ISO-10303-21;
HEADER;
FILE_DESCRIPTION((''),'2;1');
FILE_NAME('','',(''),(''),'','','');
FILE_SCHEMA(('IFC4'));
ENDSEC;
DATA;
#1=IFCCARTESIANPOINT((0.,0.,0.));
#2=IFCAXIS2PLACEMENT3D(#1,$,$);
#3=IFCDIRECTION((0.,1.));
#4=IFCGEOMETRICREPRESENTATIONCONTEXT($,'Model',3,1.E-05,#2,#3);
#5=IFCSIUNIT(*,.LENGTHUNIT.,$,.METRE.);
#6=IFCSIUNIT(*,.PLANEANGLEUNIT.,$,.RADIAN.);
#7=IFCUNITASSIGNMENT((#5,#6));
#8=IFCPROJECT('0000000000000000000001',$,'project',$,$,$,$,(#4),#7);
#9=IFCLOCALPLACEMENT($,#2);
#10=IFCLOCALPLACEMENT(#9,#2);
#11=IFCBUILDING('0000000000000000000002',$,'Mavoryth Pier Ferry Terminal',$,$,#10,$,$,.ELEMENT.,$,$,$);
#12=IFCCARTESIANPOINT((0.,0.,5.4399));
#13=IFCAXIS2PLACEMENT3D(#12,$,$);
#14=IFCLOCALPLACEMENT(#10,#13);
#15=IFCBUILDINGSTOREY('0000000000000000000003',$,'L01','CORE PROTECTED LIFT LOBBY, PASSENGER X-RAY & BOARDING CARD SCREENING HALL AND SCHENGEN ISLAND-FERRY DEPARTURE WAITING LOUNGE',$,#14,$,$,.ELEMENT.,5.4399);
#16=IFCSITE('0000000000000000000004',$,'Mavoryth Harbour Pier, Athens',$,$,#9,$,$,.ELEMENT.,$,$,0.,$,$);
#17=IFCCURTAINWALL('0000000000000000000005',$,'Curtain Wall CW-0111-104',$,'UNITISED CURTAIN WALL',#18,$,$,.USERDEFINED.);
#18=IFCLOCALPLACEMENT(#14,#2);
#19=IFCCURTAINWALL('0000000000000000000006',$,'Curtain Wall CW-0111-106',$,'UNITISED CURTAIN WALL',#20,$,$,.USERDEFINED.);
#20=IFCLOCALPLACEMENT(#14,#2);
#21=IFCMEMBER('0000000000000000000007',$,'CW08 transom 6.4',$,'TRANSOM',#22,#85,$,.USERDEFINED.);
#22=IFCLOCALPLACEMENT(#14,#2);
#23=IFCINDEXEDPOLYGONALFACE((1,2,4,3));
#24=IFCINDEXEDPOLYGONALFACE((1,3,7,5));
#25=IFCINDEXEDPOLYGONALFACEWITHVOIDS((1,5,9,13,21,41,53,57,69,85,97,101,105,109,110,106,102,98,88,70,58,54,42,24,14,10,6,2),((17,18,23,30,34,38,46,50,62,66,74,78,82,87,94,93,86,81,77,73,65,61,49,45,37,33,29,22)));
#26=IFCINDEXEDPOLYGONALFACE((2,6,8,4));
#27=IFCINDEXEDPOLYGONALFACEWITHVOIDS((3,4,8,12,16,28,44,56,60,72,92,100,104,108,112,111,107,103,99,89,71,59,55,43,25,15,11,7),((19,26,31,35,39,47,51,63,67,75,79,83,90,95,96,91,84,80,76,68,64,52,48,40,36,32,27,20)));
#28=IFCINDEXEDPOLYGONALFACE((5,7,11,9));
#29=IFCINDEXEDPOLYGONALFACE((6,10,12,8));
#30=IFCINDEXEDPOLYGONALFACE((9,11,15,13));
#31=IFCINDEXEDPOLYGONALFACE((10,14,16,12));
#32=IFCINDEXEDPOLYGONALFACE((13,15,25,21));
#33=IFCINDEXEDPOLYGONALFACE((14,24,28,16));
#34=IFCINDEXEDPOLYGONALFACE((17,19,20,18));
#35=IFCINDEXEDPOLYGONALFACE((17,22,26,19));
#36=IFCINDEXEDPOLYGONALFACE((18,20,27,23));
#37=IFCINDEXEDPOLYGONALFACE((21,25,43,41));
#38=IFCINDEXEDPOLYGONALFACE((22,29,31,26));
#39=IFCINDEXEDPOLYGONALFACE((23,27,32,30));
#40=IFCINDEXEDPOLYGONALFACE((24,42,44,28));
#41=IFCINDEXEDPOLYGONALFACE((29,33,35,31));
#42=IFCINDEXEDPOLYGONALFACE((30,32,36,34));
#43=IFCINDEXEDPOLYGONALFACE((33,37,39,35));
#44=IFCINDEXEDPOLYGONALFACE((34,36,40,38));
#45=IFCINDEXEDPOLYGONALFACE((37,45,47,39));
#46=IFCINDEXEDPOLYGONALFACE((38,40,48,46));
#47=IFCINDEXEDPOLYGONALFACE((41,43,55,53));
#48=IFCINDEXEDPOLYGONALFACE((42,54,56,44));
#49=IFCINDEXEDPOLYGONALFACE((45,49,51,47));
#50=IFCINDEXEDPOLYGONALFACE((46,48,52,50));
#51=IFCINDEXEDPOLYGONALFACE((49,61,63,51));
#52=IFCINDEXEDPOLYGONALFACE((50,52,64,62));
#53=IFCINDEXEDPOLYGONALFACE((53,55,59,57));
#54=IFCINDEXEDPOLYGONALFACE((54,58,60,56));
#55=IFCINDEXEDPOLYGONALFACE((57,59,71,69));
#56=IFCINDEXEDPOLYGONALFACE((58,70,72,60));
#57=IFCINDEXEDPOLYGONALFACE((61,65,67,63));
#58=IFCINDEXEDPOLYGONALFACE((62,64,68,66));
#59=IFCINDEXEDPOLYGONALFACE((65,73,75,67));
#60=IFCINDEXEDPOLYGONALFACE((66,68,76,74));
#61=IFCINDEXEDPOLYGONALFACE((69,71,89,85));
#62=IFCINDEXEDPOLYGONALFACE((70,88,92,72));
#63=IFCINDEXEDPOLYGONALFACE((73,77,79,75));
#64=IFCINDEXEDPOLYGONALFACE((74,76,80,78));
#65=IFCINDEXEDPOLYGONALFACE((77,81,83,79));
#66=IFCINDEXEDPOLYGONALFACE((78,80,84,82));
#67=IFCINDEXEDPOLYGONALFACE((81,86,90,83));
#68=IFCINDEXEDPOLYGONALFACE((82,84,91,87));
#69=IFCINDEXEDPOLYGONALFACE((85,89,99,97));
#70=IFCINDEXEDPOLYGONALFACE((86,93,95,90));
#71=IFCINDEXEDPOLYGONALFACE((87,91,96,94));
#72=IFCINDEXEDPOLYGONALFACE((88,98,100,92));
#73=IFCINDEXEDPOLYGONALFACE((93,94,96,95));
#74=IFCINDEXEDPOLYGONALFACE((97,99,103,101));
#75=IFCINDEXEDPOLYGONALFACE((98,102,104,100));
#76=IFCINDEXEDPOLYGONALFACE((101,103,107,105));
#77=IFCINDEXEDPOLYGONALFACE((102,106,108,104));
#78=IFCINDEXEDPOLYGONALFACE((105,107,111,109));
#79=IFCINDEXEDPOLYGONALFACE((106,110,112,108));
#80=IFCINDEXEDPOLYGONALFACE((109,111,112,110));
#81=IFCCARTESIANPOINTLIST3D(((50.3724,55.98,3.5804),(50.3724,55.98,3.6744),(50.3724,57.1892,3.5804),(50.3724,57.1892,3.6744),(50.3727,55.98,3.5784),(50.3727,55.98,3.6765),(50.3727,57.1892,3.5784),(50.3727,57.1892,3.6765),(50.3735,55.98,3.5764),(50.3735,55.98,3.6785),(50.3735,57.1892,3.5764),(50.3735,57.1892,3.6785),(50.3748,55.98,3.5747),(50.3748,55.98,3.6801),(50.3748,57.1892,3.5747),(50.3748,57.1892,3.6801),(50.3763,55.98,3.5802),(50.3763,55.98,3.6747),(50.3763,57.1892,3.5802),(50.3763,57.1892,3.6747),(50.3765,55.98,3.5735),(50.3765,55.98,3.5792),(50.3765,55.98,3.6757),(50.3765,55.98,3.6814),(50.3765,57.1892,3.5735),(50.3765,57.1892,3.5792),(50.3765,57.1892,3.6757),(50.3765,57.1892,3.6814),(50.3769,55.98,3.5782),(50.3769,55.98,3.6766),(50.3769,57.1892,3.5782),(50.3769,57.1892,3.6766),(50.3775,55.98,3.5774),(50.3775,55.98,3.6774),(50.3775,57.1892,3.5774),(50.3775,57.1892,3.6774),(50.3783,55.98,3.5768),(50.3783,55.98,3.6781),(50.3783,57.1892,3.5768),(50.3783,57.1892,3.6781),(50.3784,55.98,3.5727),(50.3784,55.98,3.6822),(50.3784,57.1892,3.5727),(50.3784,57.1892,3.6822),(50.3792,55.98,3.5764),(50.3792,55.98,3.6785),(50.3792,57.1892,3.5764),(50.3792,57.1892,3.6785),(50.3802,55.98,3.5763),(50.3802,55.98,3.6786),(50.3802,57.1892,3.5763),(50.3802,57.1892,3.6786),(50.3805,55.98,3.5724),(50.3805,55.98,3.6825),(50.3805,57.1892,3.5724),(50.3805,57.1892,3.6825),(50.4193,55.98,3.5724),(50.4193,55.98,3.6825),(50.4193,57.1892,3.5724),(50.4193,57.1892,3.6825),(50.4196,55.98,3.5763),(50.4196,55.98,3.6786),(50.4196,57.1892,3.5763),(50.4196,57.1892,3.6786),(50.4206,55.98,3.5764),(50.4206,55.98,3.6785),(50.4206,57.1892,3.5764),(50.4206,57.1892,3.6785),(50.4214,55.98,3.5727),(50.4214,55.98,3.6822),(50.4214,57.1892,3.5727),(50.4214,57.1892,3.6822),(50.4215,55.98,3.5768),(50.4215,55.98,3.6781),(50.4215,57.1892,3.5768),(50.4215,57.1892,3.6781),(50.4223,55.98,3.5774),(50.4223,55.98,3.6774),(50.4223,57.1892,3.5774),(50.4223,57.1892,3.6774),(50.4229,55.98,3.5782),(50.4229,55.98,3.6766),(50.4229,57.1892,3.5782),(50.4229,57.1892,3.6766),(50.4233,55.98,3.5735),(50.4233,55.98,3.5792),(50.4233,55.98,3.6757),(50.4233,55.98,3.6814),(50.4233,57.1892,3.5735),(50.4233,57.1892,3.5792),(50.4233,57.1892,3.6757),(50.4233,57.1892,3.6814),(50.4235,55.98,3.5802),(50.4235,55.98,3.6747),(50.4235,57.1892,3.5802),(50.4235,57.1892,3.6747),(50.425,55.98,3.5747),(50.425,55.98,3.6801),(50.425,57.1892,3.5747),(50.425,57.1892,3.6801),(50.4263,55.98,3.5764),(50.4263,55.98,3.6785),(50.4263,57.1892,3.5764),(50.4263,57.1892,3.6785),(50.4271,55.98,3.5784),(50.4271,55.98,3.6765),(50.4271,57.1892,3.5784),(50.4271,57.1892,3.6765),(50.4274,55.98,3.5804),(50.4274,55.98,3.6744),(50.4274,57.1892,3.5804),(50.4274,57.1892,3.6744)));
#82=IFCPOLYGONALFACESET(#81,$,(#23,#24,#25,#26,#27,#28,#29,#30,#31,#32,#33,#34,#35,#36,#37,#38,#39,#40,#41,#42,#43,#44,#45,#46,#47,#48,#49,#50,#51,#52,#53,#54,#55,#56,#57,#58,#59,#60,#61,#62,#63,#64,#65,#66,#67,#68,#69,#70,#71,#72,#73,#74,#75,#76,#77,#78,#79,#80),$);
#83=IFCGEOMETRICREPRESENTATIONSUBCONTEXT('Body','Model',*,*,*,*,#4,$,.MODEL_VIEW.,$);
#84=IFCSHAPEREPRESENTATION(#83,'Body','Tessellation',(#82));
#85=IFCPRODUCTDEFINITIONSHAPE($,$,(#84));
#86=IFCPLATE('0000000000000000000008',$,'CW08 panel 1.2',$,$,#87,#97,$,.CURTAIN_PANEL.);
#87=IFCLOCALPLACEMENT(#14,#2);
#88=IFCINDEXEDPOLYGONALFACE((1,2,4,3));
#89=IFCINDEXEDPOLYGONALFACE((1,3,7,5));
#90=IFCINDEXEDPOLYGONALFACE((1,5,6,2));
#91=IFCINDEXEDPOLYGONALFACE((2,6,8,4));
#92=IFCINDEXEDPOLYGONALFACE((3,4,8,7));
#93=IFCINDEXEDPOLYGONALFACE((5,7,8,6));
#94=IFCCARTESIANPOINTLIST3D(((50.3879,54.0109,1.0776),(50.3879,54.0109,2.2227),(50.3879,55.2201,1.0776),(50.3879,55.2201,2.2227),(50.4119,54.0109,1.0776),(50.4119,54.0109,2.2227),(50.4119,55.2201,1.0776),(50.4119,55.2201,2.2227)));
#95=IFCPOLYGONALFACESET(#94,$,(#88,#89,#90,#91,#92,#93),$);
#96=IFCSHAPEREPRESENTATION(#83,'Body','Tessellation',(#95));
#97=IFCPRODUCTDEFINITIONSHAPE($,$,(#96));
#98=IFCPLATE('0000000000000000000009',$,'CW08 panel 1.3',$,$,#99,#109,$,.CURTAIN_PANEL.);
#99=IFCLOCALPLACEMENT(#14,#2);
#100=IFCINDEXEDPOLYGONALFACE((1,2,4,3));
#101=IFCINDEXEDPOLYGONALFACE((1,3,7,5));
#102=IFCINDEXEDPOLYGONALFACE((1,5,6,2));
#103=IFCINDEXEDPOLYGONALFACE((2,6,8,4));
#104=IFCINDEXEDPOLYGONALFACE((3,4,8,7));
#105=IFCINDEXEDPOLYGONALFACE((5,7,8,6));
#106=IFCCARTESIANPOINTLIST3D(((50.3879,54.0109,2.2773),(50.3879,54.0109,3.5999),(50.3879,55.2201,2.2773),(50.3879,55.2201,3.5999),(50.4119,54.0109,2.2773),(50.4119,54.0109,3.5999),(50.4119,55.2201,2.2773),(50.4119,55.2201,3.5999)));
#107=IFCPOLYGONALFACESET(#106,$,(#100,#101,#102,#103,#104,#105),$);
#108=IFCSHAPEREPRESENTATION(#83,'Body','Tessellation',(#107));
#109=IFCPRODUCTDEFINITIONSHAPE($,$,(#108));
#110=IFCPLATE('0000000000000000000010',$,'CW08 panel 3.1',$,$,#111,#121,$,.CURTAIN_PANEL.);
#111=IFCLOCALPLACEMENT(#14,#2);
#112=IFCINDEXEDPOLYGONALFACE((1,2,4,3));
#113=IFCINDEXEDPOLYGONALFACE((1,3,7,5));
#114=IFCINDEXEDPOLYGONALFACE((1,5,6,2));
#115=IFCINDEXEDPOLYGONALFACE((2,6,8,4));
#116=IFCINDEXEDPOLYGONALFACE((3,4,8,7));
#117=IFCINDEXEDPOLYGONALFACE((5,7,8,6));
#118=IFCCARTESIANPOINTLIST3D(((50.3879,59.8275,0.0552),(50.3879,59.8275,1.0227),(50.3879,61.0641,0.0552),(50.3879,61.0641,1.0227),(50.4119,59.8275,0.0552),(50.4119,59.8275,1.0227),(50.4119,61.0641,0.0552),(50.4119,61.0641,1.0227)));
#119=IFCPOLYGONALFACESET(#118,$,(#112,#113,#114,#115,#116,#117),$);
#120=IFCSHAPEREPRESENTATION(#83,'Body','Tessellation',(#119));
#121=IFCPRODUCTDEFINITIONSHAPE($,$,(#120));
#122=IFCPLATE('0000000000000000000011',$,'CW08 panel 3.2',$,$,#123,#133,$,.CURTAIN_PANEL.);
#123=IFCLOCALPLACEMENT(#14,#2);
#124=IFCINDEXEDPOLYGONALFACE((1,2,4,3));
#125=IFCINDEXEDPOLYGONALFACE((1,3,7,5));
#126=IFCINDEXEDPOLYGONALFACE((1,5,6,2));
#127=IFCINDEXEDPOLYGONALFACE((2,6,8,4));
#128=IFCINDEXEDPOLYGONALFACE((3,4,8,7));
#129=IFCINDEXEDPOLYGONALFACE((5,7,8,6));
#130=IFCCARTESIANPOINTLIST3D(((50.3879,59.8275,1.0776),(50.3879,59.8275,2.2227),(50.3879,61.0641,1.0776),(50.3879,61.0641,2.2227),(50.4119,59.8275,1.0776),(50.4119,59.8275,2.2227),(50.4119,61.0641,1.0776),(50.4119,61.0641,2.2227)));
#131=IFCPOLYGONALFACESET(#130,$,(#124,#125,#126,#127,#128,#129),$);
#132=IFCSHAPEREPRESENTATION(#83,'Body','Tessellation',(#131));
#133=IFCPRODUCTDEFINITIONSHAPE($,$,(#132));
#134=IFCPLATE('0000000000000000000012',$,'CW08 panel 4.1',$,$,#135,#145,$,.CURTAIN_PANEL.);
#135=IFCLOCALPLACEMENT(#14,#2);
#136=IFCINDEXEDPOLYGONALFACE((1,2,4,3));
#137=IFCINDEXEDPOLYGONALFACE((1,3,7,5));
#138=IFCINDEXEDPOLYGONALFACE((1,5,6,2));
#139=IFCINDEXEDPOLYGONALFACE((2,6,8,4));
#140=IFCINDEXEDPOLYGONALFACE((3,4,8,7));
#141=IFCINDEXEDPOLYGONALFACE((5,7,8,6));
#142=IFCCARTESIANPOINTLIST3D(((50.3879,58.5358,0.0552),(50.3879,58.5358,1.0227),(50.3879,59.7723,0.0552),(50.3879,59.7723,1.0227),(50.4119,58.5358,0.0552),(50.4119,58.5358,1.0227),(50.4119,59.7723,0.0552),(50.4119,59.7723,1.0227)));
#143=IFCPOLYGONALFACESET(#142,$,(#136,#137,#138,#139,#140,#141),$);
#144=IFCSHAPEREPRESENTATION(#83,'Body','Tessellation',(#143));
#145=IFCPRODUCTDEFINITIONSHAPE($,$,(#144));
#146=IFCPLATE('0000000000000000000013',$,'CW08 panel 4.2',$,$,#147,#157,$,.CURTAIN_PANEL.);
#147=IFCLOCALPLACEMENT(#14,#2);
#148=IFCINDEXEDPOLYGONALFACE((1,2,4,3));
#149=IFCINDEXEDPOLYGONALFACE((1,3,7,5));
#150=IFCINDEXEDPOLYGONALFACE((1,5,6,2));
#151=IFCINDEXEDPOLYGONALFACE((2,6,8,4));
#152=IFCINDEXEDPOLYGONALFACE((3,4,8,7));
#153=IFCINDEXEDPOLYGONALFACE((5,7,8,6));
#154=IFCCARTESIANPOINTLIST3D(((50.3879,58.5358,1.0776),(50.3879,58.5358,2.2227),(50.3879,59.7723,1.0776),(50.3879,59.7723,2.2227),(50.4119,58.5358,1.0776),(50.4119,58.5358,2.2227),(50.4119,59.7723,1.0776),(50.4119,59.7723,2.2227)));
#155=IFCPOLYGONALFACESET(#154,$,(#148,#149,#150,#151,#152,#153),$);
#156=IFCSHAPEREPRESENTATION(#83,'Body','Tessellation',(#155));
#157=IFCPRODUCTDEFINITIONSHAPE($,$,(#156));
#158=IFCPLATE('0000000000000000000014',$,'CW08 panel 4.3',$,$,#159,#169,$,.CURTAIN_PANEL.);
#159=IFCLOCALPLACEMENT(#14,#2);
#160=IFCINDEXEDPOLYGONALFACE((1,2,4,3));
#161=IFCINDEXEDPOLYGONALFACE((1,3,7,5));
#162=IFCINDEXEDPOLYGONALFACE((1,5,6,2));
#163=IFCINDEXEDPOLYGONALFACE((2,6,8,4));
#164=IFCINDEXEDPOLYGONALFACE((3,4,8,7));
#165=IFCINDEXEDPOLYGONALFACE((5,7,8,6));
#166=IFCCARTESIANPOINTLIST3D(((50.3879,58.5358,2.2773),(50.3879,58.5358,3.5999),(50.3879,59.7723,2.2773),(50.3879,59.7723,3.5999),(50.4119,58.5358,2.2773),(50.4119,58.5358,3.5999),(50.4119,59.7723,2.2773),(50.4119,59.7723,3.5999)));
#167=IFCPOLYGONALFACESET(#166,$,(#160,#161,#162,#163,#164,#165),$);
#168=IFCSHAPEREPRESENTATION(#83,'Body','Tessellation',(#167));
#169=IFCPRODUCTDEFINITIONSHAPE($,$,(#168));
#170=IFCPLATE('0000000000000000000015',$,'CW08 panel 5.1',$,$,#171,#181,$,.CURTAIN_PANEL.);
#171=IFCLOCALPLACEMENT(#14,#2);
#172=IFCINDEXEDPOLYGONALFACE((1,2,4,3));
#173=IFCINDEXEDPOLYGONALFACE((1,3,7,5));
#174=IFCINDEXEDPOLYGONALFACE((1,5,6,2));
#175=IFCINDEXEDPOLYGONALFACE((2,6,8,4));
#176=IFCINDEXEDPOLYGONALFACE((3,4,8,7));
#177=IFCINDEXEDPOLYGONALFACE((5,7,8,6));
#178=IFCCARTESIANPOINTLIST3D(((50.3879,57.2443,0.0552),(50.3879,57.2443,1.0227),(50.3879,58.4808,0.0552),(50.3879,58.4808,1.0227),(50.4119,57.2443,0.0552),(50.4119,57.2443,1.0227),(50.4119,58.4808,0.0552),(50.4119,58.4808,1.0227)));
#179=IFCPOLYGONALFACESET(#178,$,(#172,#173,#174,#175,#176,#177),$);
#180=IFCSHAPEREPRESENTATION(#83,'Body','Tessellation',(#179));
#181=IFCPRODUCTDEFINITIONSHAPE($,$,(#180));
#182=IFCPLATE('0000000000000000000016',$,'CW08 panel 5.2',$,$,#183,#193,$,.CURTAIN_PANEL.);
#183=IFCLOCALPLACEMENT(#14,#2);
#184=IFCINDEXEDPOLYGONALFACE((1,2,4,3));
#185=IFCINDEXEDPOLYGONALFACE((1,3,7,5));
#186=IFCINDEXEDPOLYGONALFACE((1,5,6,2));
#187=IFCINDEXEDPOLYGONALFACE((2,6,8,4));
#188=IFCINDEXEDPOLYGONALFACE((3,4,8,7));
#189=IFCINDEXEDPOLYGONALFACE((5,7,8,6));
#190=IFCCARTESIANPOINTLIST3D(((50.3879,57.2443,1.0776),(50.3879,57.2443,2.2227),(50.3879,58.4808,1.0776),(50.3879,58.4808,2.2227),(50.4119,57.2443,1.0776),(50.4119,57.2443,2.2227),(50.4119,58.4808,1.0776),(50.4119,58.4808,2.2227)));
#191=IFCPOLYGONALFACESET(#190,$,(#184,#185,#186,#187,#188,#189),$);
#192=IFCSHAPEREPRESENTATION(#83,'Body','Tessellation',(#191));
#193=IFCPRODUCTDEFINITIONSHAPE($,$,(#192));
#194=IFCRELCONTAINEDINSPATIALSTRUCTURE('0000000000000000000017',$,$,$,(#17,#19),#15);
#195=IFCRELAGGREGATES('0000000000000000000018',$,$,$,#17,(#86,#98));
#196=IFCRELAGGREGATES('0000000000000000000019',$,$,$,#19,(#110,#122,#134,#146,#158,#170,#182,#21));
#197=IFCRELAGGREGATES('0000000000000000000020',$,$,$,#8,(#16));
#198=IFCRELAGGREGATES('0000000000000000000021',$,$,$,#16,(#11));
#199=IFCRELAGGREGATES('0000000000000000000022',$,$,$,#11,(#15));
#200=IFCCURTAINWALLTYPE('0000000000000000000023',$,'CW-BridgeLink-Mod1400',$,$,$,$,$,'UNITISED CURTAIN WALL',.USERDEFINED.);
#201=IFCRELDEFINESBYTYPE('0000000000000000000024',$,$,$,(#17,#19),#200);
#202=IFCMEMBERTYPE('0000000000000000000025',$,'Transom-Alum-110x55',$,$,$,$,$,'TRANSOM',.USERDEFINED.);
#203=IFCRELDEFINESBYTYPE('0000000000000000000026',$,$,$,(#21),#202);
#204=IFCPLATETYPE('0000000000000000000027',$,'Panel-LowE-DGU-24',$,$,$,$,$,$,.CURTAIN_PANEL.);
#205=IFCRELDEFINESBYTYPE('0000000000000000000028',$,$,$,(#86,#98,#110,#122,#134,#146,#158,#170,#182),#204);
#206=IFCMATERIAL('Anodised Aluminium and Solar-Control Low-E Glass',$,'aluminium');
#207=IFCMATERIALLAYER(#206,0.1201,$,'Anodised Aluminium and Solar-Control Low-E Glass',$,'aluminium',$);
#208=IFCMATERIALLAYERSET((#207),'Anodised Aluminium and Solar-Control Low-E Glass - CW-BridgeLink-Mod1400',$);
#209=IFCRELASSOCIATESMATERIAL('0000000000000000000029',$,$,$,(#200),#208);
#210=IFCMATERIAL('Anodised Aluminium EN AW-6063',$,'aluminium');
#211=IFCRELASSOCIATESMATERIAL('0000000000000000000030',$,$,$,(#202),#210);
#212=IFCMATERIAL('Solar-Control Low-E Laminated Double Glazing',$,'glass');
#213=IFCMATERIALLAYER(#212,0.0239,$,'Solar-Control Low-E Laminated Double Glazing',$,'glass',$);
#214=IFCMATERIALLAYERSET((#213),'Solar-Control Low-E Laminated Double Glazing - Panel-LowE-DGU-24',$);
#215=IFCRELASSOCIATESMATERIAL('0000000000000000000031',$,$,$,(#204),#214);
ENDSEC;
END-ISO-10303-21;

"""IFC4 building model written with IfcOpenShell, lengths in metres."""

from ifc_helpers import new_model, si_unit, direction, frame, origin, origin_2d, place, context, subcontext, project, spatial, rectangle, hollow_rectangle, extrude, material, layer, layer_set, material_profile, profile_set, type_object, element, aggregate, save


model = new_model("IFC4")

# Units and contexts
model_context = context("Model", 3, precision=1e-05, world=origin(), true_north=direction((0.0, 1.0)))
body_context = subcontext(model_context, "Body", "Model", "MODEL_VIEW")
ifc_project = project(units=[si_unit("LENGTHUNIT", "METRE"), si_unit("PLANEANGLEUNIT", "RADIAN")], contexts=[model_context])

# Site, building, storey
site_placement = place(None, origin())
site = spatial("IfcSite", under=ifc_project, at=site_placement, Name="Mavoryth Harbour Pier, Athens", CompositionType="ELEMENT", RefElevation=0.0)
building_placement = place(site_placement, origin())
building = spatial("IfcBuilding", under=site, at=building_placement, Name="Mavoryth Pier Ferry Terminal", CompositionType="ELEMENT")
storey_placement = place(building_placement, frame((0.0, 0.0, 5.4399)))
storey = spatial("IfcBuildingStorey", under=building, at=storey_placement, Name="L01", Description="CORE PROTECTED LIFT LOBBY, PASSENGER X-RAY & BOARDING CARD SCREENING HALL AND SCHENGEN ISLAND-FERRY DEPARTURE WAITING LOUNGE", CompositionType="ELEMENT", Elevation=5.4399)

# Curtain wall
ifc_material_1 = material(Name="Anodised Aluminium and Solar-Control Low-E Glass", Category="aluminium")
ifc_layer_1 = layer(ifc_material_1, 0.1201, Name="Anodised Aluminium and Solar-Control Low-E Glass", Category="aluminium")
ifc_layer_set_1 = layer_set([ifc_layer_1], Name="Anodised Aluminium and Solar-Control Low-E Glass - CW-BridgeLink-Mod1400")
curtain_wall_type = type_object("IfcCurtainWallType", Name="CW-BridgeLink-Mod1400", ElementType="UNITISED CURTAIN WALL", PredefinedType="USERDEFINED", material=ifc_layer_set_1)
curtain_wall_1_placement = place(storey_placement, origin())
curtain_wall_1 = element("IfcCurtainWall", 1, at=curtain_wall_1_placement, inside=storey, type_object=curtain_wall_type, Name="Curtain Wall CW-0111-104", ObjectType="UNITISED CURTAIN WALL", PredefinedType="USERDEFINED")
ifc_material_2 = material(Name="Anodised Aluminium EN AW-6063", Category="aluminium")

# Curtain wall
curtain_wall_2_placement = place(storey_placement, origin())
curtain_wall_2 = element("IfcCurtainWall", 2, at=curtain_wall_2_placement, inside=storey, type_object=curtain_wall_type, Name="Curtain Wall CW-0111-106", ObjectType="UNITISED CURTAIN WALL", PredefinedType="USERDEFINED")

# Member
ifc_material_profile_1 = material_profile(ifc_material_2, hollow_rectangle(XDim=0.0549, YDim=0.1101, WallThickness=0.0039, InnerFilletRadius=0.0039, OuterFilletRadius=0.0081, at=origin_2d()), Name="AL-TRAN 110x55x4", Category="aluminium")
ifc_profile_set_1 = profile_set([ifc_material_profile_1], Name="Anodised Aluminium EN AW-6063 - AL-TRAN 110x55x4")
member_type_1 = type_object("IfcMemberType", Name="Transom-Alum-110x55", ElementType="TRANSOM", PredefinedType="USERDEFINED", material=ifc_profile_set_1)
member_1_placement = place(storey_placement, frame((50.3999, 57.1892, 3.6274), z_axis=(0.0, -1.0, 0.0), x_axis=(1.0, 0.0, 0.0)))
member_1 = element("IfcMember", 3, at=member_1_placement, type_object=member_type_1, Name="CW08 transom 6.4", ObjectType="TRANSOM", PredefinedType="USERDEFINED", context=body_context, shape_type="SweptSolid", body=[
    extrude(hollow_rectangle(XDim=0.0549, YDim=0.1101, WallThickness=0.0039, InnerFilletRadius=0.0039, OuterFilletRadius=0.0081, at=origin_2d()), origin(), (0.0, 0.0, 1.0), 1.2092),
])

# Plates
ifc_material_3 = material(Name="Solar-Control Low-E Laminated Double Glazing", Category="glass")
ifc_layer_2 = layer(ifc_material_3, 0.0239, Name="Solar-Control Low-E Laminated Double Glazing", Category="glass")
ifc_layer_set_2 = layer_set([ifc_layer_2], Name="Solar-Control Low-E Laminated Double Glazing - Panel-LowE-DGU-24")
plate_type = type_object("IfcPlateType", Name="Panel-LowE-DGU-24", PredefinedType="CURTAIN_PANEL", material=ifc_layer_set_2)
plate_1_placement = place(storey_placement, frame((50.3999, 54.6155, 1.0776), z_axis=(0.0, 0.0, 1.0), x_axis=(0.0, -1.0, 0.0)))
plate_1 = element("IfcPlate", 4, at=plate_1_placement, type_object=plate_type, Name="CW08 panel 1.2", PredefinedType="CURTAIN_PANEL", context=body_context, shape_type="SweptSolid", body=[
    extrude(rectangle(XDim=1.2092, YDim=0.0239, at=origin_2d()), origin(), (0.0, 0.0, 1.0), 1.145),
])
plate_2_placement = place(storey_placement, frame((50.3999, 54.6155, 2.2773), z_axis=(0.0, 0.0, 1.0), x_axis=(0.0, -1.0, 0.0)))
plate_2 = element("IfcPlate", 5, at=plate_2_placement, type_object=plate_type, Name="CW08 panel 1.3", PredefinedType="CURTAIN_PANEL", context=body_context, shape_type="SweptSolid", body=[
    extrude(rectangle(XDim=1.2092, YDim=0.0239, at=origin_2d()), origin(), (0.0, 0.0, 1.0), 1.3225),
])
aggregate(curtain_wall_1, [plate_1, plate_2])
plate_3_placement = place(storey_placement, frame((50.3999, 60.4458, 0.0552), z_axis=(0.0, 0.0, 1.0), x_axis=(0.0, -1.0, 0.0)))
plate_3 = element("IfcPlate", 6, at=plate_3_placement, type_object=plate_type, Name="CW08 panel 3.1", PredefinedType="CURTAIN_PANEL", context=body_context, shape_type="SweptSolid", body=[
    extrude(rectangle(XDim=1.2366, YDim=0.0239, at=origin_2d()), origin(), (0.0, 0.0, 1.0), 0.9675),
])
plate_4_placement = place(storey_placement, frame((50.3999, 60.4458, 1.0776), z_axis=(0.0, 0.0, 1.0), x_axis=(0.0, -1.0, 0.0)))
plate_4 = element("IfcPlate", 7, at=plate_4_placement, type_object=plate_type, Name="CW08 panel 3.2", PredefinedType="CURTAIN_PANEL", context=body_context, shape_type="SweptSolid", body=[
    extrude(rectangle(XDim=1.2366, YDim=0.0239, at=origin_2d()), origin(), (0.0, 0.0, 1.0), 1.145),
])
plate_5_placement = place(storey_placement, frame((50.3999, 59.1541, 0.0552), z_axis=(0.0, 0.0, 1.0), x_axis=(0.0, -1.0, 0.0)))
plate_5 = element("IfcPlate", 8, at=plate_5_placement, type_object=plate_type, Name="CW08 panel 4.1", PredefinedType="CURTAIN_PANEL", context=body_context, shape_type="SweptSolid", body=[
    extrude(rectangle(XDim=1.2366, YDim=0.0239, at=origin_2d()), origin(), (0.0, 0.0, 1.0), 0.9675),
])
plate_6_placement = place(storey_placement, frame((50.3999, 59.1541, 1.0776), z_axis=(0.0, 0.0, 1.0), x_axis=(0.0, -1.0, 0.0)))
plate_6 = element("IfcPlate", 9, at=plate_6_placement, type_object=plate_type, Name="CW08 panel 4.2", PredefinedType="CURTAIN_PANEL", context=body_context, shape_type="SweptSolid", body=[
    extrude(rectangle(XDim=1.2366, YDim=0.0239, at=origin_2d()), origin(), (0.0, 0.0, 1.0), 1.145),
])
plate_7_placement = place(storey_placement, frame((50.3999, 59.1541, 2.2773), z_axis=(0.0, 0.0, 1.0), x_axis=(0.0, -1.0, 0.0)))
plate_7 = element("IfcPlate", 10, at=plate_7_placement, type_object=plate_type, Name="CW08 panel 4.3", PredefinedType="CURTAIN_PANEL", context=body_context, shape_type="SweptSolid", body=[
    extrude(rectangle(XDim=1.2366, YDim=0.0239, at=origin_2d()), origin(), (0.0, 0.0, 1.0), 1.3225),
])
plate_8_placement = place(storey_placement, frame((50.3999, 57.8625, 0.0552), z_axis=(0.0, 0.0, 1.0), x_axis=(0.0, -1.0, 0.0)))
plate_8 = element("IfcPlate", 11, at=plate_8_placement, type_object=plate_type, Name="CW08 panel 5.1", PredefinedType="CURTAIN_PANEL", context=body_context, shape_type="SweptSolid", body=[
    extrude(rectangle(XDim=1.2366, YDim=0.0239, at=origin_2d()), origin(), (0.0, 0.0, 1.0), 0.9675),
])
plate_9_placement = place(storey_placement, frame((50.3999, 57.8625, 1.0776), z_axis=(0.0, 0.0, 1.0), x_axis=(0.0, -1.0, 0.0)))
plate_9 = element("IfcPlate", 12, at=plate_9_placement, type_object=plate_type, Name="CW08 panel 5.2", PredefinedType="CURTAIN_PANEL", context=body_context, shape_type="SweptSolid", body=[
    extrude(rectangle(XDim=1.2366, YDim=0.0239, at=origin_2d()), origin(), (0.0, 0.0, 1.0), 1.145),
])
aggregate(curtain_wall_2, [plate_3, plate_4, plate_5, plate_6, plate_7, plate_8, plate_9, member_1])

save(model, "model.ifc")
